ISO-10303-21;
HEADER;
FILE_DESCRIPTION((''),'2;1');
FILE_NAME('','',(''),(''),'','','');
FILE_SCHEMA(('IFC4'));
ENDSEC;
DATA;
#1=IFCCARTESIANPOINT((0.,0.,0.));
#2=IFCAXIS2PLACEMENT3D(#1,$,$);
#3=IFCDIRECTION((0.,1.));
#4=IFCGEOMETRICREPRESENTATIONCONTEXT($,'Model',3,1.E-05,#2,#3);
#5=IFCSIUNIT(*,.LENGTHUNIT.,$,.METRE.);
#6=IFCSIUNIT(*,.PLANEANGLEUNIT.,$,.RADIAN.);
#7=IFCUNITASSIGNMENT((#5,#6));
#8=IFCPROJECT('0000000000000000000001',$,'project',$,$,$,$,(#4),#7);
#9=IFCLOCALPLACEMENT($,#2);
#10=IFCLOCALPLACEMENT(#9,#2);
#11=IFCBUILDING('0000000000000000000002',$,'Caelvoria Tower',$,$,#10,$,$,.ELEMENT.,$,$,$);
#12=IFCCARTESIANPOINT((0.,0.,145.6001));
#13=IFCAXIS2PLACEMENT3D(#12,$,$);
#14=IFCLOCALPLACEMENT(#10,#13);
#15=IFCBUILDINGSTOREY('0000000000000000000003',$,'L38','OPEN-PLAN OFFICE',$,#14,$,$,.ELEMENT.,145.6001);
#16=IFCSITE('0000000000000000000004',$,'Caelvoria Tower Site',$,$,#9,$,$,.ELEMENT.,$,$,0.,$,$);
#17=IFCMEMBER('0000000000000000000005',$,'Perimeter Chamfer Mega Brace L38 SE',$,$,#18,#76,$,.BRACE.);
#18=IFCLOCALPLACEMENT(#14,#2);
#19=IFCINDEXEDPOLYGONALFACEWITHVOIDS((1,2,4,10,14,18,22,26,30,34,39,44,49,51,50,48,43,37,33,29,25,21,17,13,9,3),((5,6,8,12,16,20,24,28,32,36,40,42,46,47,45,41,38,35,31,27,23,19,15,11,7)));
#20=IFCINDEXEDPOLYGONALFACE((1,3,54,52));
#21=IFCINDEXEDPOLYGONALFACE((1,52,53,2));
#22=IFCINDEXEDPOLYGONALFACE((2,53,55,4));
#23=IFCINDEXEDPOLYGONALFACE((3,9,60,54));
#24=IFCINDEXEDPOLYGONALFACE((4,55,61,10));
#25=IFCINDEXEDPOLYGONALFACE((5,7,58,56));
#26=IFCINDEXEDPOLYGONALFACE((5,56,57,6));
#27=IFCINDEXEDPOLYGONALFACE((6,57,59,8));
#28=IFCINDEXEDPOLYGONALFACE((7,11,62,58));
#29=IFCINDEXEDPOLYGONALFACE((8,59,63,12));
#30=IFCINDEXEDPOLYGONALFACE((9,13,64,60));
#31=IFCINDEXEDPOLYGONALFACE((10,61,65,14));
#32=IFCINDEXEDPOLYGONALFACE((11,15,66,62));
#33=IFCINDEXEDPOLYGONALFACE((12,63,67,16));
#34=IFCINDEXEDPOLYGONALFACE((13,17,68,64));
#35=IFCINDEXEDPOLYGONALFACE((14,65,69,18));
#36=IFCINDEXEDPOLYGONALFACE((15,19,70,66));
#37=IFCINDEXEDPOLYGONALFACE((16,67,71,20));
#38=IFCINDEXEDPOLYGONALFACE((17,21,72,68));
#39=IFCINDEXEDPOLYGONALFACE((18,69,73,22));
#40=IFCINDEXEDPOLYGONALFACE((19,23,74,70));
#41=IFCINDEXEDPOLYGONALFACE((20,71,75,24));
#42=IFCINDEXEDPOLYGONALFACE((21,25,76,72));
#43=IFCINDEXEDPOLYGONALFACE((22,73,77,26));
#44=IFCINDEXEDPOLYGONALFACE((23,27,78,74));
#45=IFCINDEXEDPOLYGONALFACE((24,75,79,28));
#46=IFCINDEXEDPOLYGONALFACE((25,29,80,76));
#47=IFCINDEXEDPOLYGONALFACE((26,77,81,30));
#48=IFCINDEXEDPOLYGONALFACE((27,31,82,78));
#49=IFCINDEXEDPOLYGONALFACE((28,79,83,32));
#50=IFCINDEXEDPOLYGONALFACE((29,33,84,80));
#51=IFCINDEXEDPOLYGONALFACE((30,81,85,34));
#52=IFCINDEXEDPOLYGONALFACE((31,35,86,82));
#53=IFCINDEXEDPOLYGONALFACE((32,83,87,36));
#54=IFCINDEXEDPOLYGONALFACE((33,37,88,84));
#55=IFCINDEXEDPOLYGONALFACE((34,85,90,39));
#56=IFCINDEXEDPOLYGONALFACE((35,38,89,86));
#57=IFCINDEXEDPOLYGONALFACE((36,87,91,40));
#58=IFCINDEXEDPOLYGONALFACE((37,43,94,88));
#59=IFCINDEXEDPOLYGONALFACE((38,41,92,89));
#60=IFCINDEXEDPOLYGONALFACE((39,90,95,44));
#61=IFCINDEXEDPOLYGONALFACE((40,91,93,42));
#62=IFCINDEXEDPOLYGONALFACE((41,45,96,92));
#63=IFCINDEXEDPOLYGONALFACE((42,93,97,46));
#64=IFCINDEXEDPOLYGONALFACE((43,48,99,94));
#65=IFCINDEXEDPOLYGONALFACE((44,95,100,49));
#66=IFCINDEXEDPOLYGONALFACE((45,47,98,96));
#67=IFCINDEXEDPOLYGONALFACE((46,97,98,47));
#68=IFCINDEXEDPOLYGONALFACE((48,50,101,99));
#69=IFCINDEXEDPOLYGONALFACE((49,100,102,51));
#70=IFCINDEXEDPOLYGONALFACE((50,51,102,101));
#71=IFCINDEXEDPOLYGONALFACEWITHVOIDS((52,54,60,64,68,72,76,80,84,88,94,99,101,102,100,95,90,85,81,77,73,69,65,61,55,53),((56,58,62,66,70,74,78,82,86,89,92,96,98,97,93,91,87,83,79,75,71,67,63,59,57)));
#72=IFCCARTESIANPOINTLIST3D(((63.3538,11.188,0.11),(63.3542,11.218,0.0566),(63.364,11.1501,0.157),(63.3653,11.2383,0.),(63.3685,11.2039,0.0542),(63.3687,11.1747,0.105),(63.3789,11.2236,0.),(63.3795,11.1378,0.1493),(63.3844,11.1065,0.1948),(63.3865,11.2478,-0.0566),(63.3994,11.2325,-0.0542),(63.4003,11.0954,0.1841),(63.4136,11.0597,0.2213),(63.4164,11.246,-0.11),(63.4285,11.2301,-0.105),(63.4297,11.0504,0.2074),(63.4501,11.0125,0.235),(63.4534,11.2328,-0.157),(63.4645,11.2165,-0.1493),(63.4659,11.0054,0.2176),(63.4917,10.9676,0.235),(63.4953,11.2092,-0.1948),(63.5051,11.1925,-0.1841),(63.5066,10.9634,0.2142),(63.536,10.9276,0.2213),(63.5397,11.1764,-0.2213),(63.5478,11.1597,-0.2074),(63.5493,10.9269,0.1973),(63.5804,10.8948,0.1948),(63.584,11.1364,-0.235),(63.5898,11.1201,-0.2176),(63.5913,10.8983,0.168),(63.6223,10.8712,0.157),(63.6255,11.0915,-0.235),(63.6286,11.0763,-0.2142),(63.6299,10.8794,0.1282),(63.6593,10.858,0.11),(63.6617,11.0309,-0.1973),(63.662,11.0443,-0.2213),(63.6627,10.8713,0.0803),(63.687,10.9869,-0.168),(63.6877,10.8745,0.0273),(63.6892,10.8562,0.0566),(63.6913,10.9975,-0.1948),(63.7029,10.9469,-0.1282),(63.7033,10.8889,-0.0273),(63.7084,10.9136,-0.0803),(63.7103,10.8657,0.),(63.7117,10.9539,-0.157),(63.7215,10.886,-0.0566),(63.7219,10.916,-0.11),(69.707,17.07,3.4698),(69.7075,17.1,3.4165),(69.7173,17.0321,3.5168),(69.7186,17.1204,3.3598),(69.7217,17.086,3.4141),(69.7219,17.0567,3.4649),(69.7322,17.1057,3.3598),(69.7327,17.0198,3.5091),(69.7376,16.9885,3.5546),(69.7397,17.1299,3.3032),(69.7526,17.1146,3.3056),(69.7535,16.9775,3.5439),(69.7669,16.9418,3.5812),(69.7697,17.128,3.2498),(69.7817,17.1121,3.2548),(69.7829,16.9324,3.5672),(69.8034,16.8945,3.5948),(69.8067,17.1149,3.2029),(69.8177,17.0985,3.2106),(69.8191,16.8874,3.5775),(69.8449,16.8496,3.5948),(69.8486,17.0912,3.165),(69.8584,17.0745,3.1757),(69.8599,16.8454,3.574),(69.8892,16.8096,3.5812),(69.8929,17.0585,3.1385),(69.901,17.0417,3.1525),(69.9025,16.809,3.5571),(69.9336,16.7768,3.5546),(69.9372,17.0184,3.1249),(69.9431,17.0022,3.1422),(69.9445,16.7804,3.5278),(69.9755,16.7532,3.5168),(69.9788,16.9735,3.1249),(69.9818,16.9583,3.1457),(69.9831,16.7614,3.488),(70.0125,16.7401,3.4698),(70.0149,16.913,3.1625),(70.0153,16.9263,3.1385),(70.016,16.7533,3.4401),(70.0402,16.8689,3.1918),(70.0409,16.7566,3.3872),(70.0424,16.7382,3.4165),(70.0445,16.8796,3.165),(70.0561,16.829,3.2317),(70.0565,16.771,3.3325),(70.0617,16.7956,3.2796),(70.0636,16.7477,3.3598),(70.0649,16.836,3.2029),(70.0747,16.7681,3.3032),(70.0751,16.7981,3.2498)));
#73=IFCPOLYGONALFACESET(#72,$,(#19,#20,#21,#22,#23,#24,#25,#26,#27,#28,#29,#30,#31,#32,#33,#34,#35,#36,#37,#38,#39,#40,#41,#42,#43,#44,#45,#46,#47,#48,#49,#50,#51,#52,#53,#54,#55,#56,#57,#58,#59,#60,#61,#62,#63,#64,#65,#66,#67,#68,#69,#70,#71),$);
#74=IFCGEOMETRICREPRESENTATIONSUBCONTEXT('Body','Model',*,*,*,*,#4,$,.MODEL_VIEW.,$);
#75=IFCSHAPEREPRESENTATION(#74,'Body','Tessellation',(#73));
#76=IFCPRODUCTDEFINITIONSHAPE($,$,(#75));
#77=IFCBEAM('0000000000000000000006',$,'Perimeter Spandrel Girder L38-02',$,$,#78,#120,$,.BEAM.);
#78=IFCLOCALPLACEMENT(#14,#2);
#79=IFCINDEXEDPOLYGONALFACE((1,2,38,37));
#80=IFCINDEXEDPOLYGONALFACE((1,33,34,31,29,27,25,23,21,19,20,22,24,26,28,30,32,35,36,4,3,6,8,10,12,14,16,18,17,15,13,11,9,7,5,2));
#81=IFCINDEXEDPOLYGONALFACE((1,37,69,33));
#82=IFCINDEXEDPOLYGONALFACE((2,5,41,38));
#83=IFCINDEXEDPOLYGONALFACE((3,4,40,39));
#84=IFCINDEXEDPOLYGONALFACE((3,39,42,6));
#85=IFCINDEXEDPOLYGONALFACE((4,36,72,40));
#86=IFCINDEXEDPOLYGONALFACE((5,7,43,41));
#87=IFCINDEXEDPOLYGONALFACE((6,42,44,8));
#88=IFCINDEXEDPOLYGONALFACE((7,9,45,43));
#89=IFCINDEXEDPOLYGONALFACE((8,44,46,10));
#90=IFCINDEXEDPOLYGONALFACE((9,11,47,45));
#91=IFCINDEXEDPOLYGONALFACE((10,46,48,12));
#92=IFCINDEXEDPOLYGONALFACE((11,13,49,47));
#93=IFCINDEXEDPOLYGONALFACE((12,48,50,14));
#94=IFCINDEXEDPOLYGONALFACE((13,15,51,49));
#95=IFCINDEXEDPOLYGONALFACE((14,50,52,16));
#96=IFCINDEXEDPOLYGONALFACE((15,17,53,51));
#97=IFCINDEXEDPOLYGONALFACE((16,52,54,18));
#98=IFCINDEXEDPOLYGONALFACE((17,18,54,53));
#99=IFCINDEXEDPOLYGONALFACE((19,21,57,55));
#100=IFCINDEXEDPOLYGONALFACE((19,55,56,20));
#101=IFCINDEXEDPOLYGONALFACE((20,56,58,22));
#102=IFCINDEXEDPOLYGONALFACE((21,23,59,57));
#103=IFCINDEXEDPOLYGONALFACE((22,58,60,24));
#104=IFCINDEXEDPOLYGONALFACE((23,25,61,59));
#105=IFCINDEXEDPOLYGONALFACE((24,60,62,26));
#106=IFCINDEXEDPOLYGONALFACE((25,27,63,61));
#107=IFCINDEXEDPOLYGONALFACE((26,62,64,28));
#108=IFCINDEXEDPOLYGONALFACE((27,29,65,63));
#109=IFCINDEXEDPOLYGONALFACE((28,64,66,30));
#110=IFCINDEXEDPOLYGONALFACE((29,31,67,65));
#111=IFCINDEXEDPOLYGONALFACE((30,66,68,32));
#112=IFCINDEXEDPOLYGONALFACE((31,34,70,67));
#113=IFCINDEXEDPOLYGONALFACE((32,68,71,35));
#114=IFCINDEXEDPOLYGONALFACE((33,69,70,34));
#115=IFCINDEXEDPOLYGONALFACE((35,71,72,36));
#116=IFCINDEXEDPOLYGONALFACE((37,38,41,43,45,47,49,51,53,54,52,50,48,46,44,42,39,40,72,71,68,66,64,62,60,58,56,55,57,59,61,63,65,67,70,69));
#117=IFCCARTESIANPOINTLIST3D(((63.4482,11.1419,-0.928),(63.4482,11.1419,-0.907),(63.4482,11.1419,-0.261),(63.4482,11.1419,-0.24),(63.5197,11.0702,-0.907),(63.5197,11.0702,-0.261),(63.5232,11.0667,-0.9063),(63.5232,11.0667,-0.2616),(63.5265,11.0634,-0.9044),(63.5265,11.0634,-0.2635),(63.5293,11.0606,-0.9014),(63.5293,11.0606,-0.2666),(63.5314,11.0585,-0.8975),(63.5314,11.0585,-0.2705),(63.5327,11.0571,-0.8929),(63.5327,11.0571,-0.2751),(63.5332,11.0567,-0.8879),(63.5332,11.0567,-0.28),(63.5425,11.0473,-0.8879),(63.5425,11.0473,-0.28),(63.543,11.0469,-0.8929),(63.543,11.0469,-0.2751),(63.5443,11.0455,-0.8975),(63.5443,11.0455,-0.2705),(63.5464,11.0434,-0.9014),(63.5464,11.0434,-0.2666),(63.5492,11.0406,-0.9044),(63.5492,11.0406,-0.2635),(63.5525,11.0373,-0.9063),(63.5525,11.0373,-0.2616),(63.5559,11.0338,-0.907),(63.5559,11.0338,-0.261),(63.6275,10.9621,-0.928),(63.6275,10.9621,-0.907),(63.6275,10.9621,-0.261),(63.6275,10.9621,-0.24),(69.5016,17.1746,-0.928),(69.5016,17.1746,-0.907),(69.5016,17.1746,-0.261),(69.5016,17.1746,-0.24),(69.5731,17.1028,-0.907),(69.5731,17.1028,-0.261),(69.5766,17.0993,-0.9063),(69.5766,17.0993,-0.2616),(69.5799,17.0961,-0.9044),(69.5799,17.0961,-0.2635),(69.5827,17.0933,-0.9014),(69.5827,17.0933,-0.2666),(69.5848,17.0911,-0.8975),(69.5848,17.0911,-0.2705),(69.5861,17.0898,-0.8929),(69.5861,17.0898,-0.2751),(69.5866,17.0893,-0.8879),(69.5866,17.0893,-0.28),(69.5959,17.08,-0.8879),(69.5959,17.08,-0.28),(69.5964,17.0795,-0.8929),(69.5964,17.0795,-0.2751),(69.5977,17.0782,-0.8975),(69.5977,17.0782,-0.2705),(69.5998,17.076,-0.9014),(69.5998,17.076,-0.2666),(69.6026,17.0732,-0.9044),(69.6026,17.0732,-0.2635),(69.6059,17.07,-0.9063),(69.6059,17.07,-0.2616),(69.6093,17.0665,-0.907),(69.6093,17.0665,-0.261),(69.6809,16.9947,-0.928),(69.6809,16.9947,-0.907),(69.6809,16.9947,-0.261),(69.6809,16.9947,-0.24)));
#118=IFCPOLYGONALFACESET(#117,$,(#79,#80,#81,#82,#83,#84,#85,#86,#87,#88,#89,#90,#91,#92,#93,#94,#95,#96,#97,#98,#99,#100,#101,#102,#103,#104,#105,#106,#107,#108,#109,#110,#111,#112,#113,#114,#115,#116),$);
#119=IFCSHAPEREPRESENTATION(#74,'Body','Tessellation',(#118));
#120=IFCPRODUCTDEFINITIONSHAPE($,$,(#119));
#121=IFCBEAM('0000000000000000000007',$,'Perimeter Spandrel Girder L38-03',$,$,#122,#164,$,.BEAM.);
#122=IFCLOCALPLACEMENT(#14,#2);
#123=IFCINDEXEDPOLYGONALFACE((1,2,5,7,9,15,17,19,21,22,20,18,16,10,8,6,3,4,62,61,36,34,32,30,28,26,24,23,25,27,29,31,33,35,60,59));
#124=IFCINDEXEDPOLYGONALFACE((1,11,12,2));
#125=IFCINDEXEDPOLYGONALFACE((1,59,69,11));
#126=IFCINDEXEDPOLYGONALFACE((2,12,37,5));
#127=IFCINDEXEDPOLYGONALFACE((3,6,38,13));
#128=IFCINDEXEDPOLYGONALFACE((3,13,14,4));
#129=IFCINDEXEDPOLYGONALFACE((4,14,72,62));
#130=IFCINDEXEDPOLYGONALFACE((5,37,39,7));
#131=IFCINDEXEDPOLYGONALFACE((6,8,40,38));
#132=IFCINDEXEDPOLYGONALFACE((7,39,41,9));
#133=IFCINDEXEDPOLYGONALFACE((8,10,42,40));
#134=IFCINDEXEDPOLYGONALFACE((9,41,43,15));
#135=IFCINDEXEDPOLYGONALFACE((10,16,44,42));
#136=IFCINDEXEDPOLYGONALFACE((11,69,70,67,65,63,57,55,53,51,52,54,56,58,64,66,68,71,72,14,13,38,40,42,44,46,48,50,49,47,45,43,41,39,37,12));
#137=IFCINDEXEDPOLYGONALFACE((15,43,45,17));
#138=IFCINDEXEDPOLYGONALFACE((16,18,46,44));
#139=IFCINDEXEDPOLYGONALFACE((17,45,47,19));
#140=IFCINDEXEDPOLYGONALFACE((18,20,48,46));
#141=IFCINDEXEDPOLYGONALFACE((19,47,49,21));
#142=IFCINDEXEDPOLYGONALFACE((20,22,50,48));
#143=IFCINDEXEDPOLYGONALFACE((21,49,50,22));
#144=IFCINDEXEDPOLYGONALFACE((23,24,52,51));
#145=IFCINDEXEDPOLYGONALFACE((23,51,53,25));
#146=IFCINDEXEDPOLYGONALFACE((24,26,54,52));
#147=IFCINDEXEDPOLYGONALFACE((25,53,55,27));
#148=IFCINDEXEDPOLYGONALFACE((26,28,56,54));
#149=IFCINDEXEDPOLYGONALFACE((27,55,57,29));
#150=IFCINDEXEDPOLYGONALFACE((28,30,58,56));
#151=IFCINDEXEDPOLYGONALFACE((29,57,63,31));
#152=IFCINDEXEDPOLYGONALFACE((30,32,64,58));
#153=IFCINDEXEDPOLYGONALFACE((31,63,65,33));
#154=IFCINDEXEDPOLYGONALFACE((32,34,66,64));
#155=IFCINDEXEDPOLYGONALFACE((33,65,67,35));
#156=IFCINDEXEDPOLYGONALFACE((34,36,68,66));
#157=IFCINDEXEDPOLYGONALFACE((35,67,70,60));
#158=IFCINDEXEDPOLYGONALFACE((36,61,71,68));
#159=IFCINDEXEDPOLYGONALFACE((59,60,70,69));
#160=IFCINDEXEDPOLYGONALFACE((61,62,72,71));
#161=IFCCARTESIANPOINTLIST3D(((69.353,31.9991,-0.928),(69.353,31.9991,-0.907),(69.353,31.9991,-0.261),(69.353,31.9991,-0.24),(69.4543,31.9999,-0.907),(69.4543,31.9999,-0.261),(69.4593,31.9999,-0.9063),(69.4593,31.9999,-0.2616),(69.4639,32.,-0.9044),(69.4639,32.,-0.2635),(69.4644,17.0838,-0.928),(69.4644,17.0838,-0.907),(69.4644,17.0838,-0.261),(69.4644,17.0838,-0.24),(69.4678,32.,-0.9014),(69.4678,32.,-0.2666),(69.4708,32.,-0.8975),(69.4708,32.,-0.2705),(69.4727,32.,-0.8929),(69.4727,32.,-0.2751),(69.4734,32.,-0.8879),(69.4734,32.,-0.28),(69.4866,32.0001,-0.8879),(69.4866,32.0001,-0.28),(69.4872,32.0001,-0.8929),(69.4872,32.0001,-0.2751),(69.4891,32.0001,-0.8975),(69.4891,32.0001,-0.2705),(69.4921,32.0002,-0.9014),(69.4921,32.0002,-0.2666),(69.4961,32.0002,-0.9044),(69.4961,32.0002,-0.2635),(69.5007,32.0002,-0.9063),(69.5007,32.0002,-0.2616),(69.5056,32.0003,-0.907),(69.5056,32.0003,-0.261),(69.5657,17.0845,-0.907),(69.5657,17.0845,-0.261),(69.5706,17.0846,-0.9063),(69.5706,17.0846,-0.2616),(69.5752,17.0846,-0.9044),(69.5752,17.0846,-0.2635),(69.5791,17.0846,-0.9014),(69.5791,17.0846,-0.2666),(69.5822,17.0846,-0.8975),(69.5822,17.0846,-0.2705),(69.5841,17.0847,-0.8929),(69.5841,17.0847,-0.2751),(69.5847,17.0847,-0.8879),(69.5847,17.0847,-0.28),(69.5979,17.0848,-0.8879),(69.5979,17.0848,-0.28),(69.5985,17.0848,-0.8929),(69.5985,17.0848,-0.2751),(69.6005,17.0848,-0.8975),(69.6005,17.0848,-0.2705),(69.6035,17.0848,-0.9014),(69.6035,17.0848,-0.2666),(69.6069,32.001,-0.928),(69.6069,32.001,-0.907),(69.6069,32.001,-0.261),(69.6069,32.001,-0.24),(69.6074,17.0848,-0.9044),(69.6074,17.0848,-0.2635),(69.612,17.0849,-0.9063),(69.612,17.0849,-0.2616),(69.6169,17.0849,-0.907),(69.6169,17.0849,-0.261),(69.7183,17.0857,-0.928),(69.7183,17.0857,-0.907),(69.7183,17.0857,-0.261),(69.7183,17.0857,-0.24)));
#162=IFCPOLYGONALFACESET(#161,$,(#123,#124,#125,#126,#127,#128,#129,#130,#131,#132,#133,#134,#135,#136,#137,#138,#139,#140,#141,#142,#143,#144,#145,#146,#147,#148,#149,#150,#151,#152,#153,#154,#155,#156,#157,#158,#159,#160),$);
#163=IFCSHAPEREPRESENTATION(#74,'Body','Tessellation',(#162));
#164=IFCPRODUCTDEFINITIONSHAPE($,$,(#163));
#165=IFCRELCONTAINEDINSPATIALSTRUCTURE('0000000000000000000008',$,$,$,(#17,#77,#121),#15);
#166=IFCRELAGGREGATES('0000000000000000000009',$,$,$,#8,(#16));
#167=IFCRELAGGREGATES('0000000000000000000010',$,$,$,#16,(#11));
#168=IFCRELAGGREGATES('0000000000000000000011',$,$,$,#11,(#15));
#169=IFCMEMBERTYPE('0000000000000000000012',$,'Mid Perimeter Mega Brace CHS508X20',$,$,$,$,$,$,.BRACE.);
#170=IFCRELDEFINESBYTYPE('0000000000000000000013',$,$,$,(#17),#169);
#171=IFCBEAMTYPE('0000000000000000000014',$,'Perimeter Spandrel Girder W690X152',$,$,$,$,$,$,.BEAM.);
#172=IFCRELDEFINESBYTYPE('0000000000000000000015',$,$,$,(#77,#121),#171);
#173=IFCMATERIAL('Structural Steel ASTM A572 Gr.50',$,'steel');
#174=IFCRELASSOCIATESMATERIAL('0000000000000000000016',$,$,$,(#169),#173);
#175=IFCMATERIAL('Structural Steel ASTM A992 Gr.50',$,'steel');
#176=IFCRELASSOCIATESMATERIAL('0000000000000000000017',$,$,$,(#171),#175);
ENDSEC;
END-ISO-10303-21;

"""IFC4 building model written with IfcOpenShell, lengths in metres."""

from ifc_helpers import new_model, si_unit, direction, frame, origin, origin_2d, place, context, subcontext, project, spatial, hollow_circle, i_section, extrude, material, material_profile, profile_set, type_object, element, save


model = new_model("IFC4")

# Units and contexts
model_context = context("Model", 3, precision=1e-05, world=origin(), true_north=direction((0.0, 1.0)))
body_context = subcontext(model_context, "Body", "Model", "MODEL_VIEW")
ifc_project = project(units=[si_unit("LENGTHUNIT", "METRE"), si_unit("PLANEANGLEUNIT", "RADIAN")], contexts=[model_context])

# Site, building, storey
site_placement = place(None, origin())
site = spatial("IfcSite", under=ifc_project, at=site_placement, Name="Caelvoria Tower Site", CompositionType="ELEMENT", RefElevation=0.0)
building_placement = place(site_placement, origin())
building = spatial("IfcBuilding", under=site, at=building_placement, Name="Caelvoria Tower", CompositionType="ELEMENT")
storey_placement = place(building_placement, frame((0.0, 0.0, 145.6001)))
storey = spatial("IfcBuildingStorey", under=building, at=storey_placement, Name="L38", Description="OPEN-PLAN OFFICE", CompositionType="ELEMENT", Elevation=145.6001)

# Shared definitions
ifc_material_1 = material(Name="Structural Steel ASTM A572 Gr.50", Category="steel")
ifc_material_2 = material(Name="Structural Steel ASTM A992 Gr.50", Category="steel")

# Member
ifc_material_profile_1 = material_profile(ifc_material_1, hollow_circle(Radius=0.2539, WallThickness=0.02, at=origin_2d()), Name="Structural Steel ASTM A572 Gr.50")
ifc_profile_set_1 = profile_set([ifc_material_profile_1], Name="CHS508X20 - Structural Steel ASTM A572 Gr.50")
member_type = type_object("IfcMemberType", Name="Mid Perimeter Mega Brace CHS508X20", PredefinedType="BRACE", material=ifc_profile_set_1)
member_placement = place(storey_placement, frame((63.5378, 11.052, 0.0), z_axis=(0.684091, 0.633355, 0.361775), x_axis=(-0.679372, 0.733794, 0.0)))
element("IfcMember", 1, at=member_placement, inside=storey, type_object=member_type, Name="Perimeter Chamfer Mega Brace L38 SE", PredefinedType="BRACE", context=body_context, shape_type="SweptSolid", body=[
    extrude(hollow_circle(Radius=0.2539, WallThickness=0.02, at=origin_2d()), origin(), (0.0, 0.0, 1.0), 9.2871),
])

# Beams
ifc_material_profile_2 = material_profile(ifc_material_2, i_section(OverallWidth=0.2539, OverallDepth=0.688, WebThickness=0.0132, FlangeThickness=0.021, FilletRadius=0.019, at=origin_2d()), Name="Structural Steel ASTM A992 Gr.50")
ifc_profile_set_2 = profile_set([ifc_material_profile_2], Name="W690X152 - Structural Steel ASTM A992 Gr.50")
beam_type_1 = type_object("IfcBeamType", Name="Perimeter Spandrel Girder W690X152", PredefinedType="BEAM", material=ifc_profile_set_2)
beam_1_placement = place(storey_placement, frame((63.5378, 11.052, -0.584), z_axis=(0.70832, 0.705892, 0.0), x_axis=(-0.705892, 0.70832, 0.0)))
element("IfcBeam", 2, at=beam_1_placement, inside=storey, type_object=beam_type_1, Name="Perimeter Spandrel Girder L38-02", PredefinedType="BEAM", context=body_context, shape_type="SweptSolid", body=[
    extrude(i_section(OverallWidth=0.2539, OverallDepth=0.688, WebThickness=0.0132, FlangeThickness=0.021, FilletRadius=0.019, at=origin_2d()), origin(), (0.0, 0.0, 1.0), 8.5461),
])
for number, where, z_axis, x_axis, name in (
    (3, (69.5913, 17.0847, -0.584), (-0.007464, 0.999972, 0.0), (-0.999972, -0.007464, 0.0), "Perimeter Spandrel Girder L38-03"),
):
    element("IfcBeam", number, at=place(storey_placement, frame(where, z_axis=z_axis, x_axis=x_axis)), inside=storey, type_object=beam_type_1, Name=name, PredefinedType="BEAM", context=body_context, shape_type="SweptSolid", body=[
        extrude(i_section(OverallWidth=0.2539, OverallDepth=0.688, WebThickness=0.0132, FlangeThickness=0.021, FilletRadius=0.019, at=origin_2d()), origin(), (0.0, 0.0, 1.0), 14.9158),
    ])

save(model, "model.ifc")
